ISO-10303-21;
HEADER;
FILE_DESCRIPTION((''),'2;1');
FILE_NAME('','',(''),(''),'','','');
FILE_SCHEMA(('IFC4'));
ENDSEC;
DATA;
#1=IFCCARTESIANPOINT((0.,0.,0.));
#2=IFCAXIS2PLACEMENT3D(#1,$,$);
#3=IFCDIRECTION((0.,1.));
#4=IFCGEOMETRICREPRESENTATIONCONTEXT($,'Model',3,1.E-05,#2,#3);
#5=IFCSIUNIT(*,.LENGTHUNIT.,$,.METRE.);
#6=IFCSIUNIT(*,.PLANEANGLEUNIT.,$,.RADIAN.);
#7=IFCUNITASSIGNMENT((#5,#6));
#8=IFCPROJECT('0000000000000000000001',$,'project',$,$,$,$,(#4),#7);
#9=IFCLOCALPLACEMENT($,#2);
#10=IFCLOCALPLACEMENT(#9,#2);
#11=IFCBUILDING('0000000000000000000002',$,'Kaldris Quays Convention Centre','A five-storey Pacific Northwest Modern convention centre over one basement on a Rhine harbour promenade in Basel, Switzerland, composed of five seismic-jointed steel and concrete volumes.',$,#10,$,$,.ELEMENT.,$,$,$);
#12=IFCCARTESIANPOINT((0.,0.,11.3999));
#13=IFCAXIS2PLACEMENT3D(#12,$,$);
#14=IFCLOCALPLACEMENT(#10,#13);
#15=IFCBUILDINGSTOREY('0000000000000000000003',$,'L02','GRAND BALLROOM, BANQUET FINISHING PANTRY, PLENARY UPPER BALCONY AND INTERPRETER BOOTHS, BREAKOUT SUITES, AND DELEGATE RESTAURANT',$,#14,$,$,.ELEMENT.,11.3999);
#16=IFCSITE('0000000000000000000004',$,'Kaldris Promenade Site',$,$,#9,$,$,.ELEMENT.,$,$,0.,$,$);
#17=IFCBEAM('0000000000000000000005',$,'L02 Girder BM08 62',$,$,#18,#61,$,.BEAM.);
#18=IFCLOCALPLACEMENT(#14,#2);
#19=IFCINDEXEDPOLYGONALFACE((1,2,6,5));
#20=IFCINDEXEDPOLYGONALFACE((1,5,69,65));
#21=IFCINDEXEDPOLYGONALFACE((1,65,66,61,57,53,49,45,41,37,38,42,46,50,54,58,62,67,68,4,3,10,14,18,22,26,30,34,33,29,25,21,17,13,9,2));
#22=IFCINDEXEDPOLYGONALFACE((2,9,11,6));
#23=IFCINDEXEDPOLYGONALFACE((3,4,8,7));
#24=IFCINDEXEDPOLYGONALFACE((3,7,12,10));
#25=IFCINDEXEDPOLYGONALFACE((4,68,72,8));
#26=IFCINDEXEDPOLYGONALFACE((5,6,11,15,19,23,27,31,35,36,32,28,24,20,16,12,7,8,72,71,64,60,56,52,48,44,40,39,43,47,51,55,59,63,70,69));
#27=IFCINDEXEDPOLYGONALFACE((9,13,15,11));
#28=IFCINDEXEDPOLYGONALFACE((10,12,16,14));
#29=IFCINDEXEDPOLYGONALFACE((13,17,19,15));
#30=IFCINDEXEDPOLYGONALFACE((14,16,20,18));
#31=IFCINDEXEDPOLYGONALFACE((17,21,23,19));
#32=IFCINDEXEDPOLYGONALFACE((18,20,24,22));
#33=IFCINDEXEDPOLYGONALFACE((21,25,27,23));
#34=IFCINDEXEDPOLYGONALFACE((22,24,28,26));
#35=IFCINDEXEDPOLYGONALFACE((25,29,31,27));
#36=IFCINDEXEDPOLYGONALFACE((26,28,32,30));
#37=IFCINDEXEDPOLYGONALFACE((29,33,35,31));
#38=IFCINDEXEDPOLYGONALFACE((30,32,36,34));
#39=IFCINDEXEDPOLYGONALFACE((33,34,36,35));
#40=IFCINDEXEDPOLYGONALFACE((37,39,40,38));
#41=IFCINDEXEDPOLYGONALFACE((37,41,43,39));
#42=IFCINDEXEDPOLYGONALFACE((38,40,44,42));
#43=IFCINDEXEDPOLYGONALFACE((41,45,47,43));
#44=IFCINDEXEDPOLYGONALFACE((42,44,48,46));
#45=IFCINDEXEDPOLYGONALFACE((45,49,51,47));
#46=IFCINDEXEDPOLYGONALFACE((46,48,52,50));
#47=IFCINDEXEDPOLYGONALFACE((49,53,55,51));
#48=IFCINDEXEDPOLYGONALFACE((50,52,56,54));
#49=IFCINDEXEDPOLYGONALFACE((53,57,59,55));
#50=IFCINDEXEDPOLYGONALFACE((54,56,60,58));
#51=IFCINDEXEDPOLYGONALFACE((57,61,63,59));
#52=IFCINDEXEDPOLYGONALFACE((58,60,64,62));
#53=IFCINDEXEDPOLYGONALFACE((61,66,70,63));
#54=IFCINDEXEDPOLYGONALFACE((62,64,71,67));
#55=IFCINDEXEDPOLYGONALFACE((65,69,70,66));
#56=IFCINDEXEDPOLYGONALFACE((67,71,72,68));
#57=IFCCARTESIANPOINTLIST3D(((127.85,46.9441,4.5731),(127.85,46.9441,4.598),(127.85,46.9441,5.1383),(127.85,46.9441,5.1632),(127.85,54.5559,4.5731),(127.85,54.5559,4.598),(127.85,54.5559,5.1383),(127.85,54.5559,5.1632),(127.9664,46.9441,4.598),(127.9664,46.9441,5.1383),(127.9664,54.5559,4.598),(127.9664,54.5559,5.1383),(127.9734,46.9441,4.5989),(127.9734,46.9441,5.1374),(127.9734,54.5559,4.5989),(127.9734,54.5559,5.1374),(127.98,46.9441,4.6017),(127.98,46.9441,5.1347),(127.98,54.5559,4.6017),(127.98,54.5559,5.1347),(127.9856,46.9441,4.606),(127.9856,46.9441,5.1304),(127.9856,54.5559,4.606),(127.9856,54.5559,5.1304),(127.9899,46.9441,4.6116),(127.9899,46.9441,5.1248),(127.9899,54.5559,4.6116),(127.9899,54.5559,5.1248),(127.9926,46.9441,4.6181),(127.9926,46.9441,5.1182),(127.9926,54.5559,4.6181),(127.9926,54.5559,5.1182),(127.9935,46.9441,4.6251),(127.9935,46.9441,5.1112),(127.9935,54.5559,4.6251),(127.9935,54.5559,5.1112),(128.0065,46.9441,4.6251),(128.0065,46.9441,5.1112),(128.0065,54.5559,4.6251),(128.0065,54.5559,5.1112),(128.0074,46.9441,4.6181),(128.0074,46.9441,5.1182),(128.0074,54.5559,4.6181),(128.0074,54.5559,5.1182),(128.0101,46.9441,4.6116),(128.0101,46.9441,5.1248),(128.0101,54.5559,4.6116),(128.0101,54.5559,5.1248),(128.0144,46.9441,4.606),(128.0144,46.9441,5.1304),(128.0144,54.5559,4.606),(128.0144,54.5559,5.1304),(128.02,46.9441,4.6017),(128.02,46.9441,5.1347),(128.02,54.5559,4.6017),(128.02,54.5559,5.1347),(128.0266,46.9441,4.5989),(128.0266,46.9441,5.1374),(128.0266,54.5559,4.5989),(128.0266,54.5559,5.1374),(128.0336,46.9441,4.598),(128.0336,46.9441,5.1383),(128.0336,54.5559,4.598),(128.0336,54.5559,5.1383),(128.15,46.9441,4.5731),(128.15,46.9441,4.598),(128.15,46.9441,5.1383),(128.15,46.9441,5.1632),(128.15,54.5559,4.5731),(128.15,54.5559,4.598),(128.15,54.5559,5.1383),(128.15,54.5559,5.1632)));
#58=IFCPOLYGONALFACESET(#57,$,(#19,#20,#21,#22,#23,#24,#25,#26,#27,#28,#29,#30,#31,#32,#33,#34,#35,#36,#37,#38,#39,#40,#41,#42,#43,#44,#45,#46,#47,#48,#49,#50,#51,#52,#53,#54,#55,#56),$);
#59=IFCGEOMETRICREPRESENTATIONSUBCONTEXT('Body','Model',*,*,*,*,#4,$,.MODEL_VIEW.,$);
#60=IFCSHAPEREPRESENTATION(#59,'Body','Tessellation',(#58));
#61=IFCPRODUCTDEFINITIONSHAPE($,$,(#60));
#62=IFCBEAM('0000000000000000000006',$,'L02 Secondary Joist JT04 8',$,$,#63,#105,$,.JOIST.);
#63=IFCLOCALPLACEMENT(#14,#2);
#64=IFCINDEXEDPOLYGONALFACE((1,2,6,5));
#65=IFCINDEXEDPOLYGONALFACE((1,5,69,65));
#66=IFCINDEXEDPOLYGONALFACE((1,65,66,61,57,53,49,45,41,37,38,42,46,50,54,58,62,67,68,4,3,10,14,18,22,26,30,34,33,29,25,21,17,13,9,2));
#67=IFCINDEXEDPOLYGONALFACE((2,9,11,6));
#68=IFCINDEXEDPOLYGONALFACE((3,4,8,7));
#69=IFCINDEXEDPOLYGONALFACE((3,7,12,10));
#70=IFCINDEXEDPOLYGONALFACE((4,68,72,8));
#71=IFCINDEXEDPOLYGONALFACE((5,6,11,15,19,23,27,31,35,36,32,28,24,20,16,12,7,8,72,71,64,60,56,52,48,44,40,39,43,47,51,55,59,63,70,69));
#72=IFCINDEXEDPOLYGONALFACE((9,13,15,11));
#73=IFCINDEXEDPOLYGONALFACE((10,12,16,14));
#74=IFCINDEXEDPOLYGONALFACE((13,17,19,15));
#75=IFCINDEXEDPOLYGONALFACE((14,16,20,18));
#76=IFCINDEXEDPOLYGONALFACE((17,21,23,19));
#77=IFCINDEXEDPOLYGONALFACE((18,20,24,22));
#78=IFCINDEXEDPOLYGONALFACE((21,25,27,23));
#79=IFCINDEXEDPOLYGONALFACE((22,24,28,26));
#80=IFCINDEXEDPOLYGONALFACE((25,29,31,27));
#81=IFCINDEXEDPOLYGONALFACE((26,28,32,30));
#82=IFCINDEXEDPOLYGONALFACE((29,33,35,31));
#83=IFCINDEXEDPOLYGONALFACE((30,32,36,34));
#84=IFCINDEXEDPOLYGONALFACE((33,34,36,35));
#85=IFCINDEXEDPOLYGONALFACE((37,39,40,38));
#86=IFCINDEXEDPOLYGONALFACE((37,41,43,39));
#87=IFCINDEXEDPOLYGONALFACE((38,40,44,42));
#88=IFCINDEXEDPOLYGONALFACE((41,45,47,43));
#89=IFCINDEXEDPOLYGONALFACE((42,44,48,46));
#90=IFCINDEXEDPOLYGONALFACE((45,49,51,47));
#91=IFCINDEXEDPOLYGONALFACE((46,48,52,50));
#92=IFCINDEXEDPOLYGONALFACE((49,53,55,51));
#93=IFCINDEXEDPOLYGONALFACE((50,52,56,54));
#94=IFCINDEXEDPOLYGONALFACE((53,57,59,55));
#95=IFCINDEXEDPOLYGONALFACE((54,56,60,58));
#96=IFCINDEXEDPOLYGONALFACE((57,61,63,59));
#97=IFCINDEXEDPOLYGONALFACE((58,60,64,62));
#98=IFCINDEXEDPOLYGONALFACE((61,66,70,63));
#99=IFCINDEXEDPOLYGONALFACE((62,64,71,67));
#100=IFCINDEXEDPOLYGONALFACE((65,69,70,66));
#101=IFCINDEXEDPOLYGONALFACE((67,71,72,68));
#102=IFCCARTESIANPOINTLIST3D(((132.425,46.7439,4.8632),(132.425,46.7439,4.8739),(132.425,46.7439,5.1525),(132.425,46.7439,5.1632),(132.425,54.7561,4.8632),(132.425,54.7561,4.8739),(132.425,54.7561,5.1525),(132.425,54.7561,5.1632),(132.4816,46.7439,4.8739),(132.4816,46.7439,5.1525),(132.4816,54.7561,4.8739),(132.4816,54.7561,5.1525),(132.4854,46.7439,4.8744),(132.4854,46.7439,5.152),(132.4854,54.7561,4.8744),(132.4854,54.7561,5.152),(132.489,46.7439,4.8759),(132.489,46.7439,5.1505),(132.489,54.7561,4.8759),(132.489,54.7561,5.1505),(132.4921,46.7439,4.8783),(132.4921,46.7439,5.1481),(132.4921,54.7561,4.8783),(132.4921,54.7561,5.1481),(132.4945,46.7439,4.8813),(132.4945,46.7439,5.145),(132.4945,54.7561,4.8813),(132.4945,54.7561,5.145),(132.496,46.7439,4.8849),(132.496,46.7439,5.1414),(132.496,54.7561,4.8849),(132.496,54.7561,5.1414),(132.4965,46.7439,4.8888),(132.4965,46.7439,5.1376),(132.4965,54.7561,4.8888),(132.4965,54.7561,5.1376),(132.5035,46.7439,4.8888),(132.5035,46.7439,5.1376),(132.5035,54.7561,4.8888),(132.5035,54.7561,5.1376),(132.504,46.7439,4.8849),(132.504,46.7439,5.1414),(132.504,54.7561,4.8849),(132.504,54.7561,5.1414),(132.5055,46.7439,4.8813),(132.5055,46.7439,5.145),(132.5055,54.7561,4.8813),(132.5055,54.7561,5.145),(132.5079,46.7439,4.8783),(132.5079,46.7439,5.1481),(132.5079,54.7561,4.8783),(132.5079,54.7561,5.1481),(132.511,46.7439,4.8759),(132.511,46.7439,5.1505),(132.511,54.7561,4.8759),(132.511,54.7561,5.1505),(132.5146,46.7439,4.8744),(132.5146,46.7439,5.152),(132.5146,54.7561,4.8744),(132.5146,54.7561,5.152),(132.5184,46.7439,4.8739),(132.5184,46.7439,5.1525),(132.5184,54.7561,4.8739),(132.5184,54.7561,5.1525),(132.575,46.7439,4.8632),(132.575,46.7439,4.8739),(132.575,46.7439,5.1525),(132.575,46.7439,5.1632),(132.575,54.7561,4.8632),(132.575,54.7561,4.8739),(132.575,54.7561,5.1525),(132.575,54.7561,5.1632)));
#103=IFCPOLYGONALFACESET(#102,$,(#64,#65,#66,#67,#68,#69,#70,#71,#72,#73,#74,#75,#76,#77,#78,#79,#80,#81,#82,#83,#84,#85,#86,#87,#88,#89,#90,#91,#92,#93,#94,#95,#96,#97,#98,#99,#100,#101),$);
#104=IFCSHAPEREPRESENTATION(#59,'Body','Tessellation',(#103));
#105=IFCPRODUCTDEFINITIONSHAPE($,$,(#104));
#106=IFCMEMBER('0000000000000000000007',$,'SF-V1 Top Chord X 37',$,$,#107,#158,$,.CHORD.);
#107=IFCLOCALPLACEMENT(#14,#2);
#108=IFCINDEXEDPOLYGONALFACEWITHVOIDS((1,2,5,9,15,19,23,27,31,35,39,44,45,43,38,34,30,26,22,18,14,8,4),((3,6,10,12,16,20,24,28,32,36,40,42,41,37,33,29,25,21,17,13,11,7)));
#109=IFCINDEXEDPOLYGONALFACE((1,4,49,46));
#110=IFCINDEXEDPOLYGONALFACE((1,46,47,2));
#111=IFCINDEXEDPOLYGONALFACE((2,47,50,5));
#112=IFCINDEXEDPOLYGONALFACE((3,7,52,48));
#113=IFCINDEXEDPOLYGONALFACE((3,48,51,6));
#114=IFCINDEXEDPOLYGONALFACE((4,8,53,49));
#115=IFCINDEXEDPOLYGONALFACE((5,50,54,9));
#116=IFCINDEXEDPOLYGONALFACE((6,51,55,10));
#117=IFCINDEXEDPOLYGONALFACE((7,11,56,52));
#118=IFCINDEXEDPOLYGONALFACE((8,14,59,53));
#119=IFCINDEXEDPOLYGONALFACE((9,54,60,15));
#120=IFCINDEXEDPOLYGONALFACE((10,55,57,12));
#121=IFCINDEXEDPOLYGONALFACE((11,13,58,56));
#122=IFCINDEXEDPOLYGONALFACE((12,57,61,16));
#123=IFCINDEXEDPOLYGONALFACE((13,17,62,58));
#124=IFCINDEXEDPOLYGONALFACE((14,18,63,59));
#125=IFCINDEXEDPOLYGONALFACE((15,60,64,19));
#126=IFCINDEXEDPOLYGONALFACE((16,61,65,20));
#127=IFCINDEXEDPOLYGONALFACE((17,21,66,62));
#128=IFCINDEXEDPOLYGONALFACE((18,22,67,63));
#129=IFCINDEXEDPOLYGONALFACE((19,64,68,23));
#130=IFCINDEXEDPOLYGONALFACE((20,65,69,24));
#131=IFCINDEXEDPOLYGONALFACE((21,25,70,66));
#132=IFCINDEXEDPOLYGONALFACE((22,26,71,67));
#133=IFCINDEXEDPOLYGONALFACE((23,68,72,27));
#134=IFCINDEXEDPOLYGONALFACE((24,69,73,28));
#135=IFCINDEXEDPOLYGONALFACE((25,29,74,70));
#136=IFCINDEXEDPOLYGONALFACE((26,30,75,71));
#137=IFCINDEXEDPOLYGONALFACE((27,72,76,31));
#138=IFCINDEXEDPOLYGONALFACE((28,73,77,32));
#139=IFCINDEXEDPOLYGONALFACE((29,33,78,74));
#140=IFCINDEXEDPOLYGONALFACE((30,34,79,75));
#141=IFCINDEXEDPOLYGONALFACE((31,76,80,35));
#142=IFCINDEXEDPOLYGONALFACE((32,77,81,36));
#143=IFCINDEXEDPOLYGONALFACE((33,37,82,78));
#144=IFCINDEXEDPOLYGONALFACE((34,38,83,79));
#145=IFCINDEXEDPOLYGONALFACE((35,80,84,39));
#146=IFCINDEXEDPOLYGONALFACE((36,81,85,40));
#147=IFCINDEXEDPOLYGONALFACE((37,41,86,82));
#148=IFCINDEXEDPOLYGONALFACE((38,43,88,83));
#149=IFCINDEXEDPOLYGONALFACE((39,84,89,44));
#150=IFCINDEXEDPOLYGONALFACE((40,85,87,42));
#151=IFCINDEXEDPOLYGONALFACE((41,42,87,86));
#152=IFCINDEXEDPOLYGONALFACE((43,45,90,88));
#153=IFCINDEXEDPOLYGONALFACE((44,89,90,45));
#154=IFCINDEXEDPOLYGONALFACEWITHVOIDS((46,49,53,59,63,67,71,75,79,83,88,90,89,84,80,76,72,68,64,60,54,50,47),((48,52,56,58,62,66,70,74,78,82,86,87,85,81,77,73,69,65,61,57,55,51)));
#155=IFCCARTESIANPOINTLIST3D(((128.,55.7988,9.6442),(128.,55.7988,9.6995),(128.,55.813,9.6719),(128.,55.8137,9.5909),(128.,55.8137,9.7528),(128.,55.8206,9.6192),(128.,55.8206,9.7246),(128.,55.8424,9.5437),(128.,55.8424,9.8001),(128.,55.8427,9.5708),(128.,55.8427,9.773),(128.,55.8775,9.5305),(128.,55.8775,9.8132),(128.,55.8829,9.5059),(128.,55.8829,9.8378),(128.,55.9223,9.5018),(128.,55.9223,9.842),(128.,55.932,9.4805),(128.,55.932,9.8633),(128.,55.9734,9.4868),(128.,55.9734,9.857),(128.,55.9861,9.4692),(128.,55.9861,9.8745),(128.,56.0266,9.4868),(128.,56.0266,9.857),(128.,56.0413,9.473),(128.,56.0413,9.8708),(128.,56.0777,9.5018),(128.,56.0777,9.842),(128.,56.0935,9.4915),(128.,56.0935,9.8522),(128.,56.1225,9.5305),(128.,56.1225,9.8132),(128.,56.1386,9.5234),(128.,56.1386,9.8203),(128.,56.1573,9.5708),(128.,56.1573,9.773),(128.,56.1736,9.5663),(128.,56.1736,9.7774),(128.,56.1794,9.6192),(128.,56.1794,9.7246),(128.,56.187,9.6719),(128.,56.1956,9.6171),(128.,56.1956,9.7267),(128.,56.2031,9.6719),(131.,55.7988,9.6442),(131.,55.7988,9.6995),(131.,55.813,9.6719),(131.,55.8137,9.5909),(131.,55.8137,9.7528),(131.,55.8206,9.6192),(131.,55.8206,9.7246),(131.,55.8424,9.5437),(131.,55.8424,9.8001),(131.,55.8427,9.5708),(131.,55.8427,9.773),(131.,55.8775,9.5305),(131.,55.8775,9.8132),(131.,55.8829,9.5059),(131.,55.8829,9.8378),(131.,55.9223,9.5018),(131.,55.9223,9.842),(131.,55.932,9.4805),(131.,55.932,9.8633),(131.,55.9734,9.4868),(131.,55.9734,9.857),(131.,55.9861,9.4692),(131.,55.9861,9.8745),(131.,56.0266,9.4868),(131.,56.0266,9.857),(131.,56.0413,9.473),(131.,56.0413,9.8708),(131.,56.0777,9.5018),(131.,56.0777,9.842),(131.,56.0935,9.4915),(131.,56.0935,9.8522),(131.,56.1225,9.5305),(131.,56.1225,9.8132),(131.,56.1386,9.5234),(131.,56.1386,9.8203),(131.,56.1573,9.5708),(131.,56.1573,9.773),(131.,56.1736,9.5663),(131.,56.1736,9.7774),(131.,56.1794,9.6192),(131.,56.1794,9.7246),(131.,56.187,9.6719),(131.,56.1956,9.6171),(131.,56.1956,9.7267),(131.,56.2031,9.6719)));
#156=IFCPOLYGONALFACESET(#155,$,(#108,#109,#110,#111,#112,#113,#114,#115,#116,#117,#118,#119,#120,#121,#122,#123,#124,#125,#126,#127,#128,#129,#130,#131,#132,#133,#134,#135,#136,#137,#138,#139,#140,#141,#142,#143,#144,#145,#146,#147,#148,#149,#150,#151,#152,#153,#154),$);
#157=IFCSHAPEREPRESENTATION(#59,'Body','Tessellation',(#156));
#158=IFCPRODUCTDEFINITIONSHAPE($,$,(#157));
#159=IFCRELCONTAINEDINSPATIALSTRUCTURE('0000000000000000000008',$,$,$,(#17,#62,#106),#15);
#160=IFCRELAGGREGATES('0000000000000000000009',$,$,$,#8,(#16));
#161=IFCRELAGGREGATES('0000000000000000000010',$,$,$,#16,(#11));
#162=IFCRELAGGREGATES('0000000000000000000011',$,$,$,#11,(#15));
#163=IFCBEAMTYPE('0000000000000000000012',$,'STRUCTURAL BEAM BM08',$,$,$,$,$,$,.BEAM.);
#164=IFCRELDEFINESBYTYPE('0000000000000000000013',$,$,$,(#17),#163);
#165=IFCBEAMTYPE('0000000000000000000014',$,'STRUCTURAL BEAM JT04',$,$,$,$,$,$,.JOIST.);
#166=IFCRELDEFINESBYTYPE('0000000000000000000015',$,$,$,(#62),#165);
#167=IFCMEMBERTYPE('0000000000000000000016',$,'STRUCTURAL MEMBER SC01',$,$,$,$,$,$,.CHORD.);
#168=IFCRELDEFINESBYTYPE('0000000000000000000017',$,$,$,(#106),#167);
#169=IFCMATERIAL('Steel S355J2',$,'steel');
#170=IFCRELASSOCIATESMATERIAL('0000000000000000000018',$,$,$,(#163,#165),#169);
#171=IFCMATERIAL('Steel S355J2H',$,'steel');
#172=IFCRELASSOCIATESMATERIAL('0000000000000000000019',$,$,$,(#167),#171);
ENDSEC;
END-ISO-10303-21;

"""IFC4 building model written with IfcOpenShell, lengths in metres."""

from ifc_helpers import new_model, si_unit, direction, frame, origin, origin_2d, place, context, subcontext, project, spatial, hollow_circle, i_section, extrude, material, material_profile, profile_set, type_object, element, save


model = new_model("IFC4")

# Units and contexts
model_context = context("Model", 3, precision=1e-05, world=origin(), true_north=direction((0.0, 1.0)))
body_context = subcontext(model_context, "Body", "Model", "MODEL_VIEW")
ifc_project = project(units=[si_unit("LENGTHUNIT", "METRE"), si_unit("PLANEANGLEUNIT", "RADIAN")], contexts=[model_context])

# Site, building, storey
site_placement = place(None, origin())
site = spatial("IfcSite", under=ifc_project, at=site_placement, Name="Kaldris Promenade Site", CompositionType="ELEMENT", RefElevation=0.0)
building_placement = place(site_placement, origin())
building = spatial("IfcBuilding", under=site, at=building_placement, Name="Kaldris Quays Convention Centre", Description="A five-storey Pacific Northwest Modern convention centre over one basement on a Rhine harbour promenade in Basel, Switzerland, composed of five seismic-jointed steel and concrete volumes.", CompositionType="ELEMENT")
storey_placement = place(building_placement, frame((0.0, 0.0, 11.3999)))
storey = spatial("IfcBuildingStorey", under=building, at=storey_placement, Name="L02", Description="GRAND BALLROOM, BANQUET FINISHING PANTRY, PLENARY UPPER BALCONY AND INTERPRETER BOOTHS, BREAKOUT SUITES, AND DELEGATE RESTAURANT", CompositionType="ELEMENT", Elevation=11.3999)

# Shared definitions
ifc_material_1 = material(Name="Steel S355J2", Category="steel")

# Beams
ifc_material_profile_1 = material_profile(ifc_material_1, i_section(OverallWidth=0.3, OverallDepth=0.5901, WebThickness=0.0129, FlangeThickness=0.0249, FilletRadius=0.0271, at=origin_2d()), Name="HEA 600")
ifc_profile_set_1 = profile_set([ifc_material_profile_1], Name="Steel S355J2")
beam_type_1 = type_object("IfcBeamType", Name="STRUCTURAL BEAM BM08", PredefinedType="BEAM", material=ifc_profile_set_1)
beam_1_placement = place(storey_placement, frame((128.0, 46.9441, 4.8682), z_axis=(0.0, 1.0, 0.0), x_axis=(-1.0, 0.0, 0.0)))
element("IfcBeam", 1, at=beam_1_placement, inside=storey, type_object=beam_type_1, Name="L02 Girder BM08 62", PredefinedType="BEAM", context=body_context, shape_type="SweptSolid", body=[
    extrude(i_section(OverallWidth=0.3, OverallDepth=0.5901, WebThickness=0.0129, FlangeThickness=0.0249, FilletRadius=0.0271, at=origin_2d()), origin(), (0.0, 0.0, 1.0), 7.6118),
])
ifc_material_profile_2 = material_profile(ifc_material_1, i_section(OverallWidth=0.1499, OverallDepth=0.3, WebThickness=0.0071, FlangeThickness=0.0107, FilletRadius=0.0149, at=origin_2d()), Name="IPE 300")
ifc_profile_set_2 = profile_set([ifc_material_profile_2], Name="Steel S355J2")
beam_type_2 = type_object("IfcBeamType", Name="STRUCTURAL BEAM JT04", PredefinedType="JOIST", material=ifc_profile_set_2)
beam_2_placement = place(storey_placement, frame((132.5, 46.7439, 5.0132), z_axis=(0.0, 1.0, 0.0), x_axis=(-1.0, 0.0, 0.0)))
element("IfcBeam", 2, at=beam_2_placement, inside=storey, type_object=beam_type_2, Name="L02 Secondary Joist JT04 8", PredefinedType="JOIST", context=body_context, shape_type="SweptSolid", body=[
    extrude(i_section(OverallWidth=0.1499, OverallDepth=0.3, WebThickness=0.0071, FlangeThickness=0.0107, FilletRadius=0.0149, at=origin_2d()), origin(), (0.0, 0.0, 1.0), 8.0122),
])

# Member
ifc_material_2 = material(Name="Steel S355J2H", Category="steel")
ifc_material_profile_3 = material_profile(ifc_material_2, hollow_circle(Radius=0.2031, WallThickness=0.0161, at=origin_2d()), Name="CHS 406.4x16")
ifc_profile_set_3 = profile_set([ifc_material_profile_3], Name="Steel S355J2H")
member_type_1 = type_object("IfcMemberType", Name="STRUCTURAL MEMBER SC01", PredefinedType="CHORD", material=ifc_profile_set_3)
member_1_placement = place(storey_placement, frame((128.0, 56.0, 9.6719), z_axis=(1.0, 0.0, 0.0), x_axis=(0.0, 1.0, 0.0)))
element("IfcMember", 3, at=member_1_placement, inside=storey, type_object=member_type_1, Name="SF-V1 Top Chord X 37", PredefinedType="CHORD", context=body_context, shape_type="SweptSolid", body=[
    extrude(hollow_circle(Radius=0.2031, WallThickness=0.0161, at=origin_2d()), origin(), (0.0, 0.0, 1.0), 3.0),
])

save(model, "model.ifc")
